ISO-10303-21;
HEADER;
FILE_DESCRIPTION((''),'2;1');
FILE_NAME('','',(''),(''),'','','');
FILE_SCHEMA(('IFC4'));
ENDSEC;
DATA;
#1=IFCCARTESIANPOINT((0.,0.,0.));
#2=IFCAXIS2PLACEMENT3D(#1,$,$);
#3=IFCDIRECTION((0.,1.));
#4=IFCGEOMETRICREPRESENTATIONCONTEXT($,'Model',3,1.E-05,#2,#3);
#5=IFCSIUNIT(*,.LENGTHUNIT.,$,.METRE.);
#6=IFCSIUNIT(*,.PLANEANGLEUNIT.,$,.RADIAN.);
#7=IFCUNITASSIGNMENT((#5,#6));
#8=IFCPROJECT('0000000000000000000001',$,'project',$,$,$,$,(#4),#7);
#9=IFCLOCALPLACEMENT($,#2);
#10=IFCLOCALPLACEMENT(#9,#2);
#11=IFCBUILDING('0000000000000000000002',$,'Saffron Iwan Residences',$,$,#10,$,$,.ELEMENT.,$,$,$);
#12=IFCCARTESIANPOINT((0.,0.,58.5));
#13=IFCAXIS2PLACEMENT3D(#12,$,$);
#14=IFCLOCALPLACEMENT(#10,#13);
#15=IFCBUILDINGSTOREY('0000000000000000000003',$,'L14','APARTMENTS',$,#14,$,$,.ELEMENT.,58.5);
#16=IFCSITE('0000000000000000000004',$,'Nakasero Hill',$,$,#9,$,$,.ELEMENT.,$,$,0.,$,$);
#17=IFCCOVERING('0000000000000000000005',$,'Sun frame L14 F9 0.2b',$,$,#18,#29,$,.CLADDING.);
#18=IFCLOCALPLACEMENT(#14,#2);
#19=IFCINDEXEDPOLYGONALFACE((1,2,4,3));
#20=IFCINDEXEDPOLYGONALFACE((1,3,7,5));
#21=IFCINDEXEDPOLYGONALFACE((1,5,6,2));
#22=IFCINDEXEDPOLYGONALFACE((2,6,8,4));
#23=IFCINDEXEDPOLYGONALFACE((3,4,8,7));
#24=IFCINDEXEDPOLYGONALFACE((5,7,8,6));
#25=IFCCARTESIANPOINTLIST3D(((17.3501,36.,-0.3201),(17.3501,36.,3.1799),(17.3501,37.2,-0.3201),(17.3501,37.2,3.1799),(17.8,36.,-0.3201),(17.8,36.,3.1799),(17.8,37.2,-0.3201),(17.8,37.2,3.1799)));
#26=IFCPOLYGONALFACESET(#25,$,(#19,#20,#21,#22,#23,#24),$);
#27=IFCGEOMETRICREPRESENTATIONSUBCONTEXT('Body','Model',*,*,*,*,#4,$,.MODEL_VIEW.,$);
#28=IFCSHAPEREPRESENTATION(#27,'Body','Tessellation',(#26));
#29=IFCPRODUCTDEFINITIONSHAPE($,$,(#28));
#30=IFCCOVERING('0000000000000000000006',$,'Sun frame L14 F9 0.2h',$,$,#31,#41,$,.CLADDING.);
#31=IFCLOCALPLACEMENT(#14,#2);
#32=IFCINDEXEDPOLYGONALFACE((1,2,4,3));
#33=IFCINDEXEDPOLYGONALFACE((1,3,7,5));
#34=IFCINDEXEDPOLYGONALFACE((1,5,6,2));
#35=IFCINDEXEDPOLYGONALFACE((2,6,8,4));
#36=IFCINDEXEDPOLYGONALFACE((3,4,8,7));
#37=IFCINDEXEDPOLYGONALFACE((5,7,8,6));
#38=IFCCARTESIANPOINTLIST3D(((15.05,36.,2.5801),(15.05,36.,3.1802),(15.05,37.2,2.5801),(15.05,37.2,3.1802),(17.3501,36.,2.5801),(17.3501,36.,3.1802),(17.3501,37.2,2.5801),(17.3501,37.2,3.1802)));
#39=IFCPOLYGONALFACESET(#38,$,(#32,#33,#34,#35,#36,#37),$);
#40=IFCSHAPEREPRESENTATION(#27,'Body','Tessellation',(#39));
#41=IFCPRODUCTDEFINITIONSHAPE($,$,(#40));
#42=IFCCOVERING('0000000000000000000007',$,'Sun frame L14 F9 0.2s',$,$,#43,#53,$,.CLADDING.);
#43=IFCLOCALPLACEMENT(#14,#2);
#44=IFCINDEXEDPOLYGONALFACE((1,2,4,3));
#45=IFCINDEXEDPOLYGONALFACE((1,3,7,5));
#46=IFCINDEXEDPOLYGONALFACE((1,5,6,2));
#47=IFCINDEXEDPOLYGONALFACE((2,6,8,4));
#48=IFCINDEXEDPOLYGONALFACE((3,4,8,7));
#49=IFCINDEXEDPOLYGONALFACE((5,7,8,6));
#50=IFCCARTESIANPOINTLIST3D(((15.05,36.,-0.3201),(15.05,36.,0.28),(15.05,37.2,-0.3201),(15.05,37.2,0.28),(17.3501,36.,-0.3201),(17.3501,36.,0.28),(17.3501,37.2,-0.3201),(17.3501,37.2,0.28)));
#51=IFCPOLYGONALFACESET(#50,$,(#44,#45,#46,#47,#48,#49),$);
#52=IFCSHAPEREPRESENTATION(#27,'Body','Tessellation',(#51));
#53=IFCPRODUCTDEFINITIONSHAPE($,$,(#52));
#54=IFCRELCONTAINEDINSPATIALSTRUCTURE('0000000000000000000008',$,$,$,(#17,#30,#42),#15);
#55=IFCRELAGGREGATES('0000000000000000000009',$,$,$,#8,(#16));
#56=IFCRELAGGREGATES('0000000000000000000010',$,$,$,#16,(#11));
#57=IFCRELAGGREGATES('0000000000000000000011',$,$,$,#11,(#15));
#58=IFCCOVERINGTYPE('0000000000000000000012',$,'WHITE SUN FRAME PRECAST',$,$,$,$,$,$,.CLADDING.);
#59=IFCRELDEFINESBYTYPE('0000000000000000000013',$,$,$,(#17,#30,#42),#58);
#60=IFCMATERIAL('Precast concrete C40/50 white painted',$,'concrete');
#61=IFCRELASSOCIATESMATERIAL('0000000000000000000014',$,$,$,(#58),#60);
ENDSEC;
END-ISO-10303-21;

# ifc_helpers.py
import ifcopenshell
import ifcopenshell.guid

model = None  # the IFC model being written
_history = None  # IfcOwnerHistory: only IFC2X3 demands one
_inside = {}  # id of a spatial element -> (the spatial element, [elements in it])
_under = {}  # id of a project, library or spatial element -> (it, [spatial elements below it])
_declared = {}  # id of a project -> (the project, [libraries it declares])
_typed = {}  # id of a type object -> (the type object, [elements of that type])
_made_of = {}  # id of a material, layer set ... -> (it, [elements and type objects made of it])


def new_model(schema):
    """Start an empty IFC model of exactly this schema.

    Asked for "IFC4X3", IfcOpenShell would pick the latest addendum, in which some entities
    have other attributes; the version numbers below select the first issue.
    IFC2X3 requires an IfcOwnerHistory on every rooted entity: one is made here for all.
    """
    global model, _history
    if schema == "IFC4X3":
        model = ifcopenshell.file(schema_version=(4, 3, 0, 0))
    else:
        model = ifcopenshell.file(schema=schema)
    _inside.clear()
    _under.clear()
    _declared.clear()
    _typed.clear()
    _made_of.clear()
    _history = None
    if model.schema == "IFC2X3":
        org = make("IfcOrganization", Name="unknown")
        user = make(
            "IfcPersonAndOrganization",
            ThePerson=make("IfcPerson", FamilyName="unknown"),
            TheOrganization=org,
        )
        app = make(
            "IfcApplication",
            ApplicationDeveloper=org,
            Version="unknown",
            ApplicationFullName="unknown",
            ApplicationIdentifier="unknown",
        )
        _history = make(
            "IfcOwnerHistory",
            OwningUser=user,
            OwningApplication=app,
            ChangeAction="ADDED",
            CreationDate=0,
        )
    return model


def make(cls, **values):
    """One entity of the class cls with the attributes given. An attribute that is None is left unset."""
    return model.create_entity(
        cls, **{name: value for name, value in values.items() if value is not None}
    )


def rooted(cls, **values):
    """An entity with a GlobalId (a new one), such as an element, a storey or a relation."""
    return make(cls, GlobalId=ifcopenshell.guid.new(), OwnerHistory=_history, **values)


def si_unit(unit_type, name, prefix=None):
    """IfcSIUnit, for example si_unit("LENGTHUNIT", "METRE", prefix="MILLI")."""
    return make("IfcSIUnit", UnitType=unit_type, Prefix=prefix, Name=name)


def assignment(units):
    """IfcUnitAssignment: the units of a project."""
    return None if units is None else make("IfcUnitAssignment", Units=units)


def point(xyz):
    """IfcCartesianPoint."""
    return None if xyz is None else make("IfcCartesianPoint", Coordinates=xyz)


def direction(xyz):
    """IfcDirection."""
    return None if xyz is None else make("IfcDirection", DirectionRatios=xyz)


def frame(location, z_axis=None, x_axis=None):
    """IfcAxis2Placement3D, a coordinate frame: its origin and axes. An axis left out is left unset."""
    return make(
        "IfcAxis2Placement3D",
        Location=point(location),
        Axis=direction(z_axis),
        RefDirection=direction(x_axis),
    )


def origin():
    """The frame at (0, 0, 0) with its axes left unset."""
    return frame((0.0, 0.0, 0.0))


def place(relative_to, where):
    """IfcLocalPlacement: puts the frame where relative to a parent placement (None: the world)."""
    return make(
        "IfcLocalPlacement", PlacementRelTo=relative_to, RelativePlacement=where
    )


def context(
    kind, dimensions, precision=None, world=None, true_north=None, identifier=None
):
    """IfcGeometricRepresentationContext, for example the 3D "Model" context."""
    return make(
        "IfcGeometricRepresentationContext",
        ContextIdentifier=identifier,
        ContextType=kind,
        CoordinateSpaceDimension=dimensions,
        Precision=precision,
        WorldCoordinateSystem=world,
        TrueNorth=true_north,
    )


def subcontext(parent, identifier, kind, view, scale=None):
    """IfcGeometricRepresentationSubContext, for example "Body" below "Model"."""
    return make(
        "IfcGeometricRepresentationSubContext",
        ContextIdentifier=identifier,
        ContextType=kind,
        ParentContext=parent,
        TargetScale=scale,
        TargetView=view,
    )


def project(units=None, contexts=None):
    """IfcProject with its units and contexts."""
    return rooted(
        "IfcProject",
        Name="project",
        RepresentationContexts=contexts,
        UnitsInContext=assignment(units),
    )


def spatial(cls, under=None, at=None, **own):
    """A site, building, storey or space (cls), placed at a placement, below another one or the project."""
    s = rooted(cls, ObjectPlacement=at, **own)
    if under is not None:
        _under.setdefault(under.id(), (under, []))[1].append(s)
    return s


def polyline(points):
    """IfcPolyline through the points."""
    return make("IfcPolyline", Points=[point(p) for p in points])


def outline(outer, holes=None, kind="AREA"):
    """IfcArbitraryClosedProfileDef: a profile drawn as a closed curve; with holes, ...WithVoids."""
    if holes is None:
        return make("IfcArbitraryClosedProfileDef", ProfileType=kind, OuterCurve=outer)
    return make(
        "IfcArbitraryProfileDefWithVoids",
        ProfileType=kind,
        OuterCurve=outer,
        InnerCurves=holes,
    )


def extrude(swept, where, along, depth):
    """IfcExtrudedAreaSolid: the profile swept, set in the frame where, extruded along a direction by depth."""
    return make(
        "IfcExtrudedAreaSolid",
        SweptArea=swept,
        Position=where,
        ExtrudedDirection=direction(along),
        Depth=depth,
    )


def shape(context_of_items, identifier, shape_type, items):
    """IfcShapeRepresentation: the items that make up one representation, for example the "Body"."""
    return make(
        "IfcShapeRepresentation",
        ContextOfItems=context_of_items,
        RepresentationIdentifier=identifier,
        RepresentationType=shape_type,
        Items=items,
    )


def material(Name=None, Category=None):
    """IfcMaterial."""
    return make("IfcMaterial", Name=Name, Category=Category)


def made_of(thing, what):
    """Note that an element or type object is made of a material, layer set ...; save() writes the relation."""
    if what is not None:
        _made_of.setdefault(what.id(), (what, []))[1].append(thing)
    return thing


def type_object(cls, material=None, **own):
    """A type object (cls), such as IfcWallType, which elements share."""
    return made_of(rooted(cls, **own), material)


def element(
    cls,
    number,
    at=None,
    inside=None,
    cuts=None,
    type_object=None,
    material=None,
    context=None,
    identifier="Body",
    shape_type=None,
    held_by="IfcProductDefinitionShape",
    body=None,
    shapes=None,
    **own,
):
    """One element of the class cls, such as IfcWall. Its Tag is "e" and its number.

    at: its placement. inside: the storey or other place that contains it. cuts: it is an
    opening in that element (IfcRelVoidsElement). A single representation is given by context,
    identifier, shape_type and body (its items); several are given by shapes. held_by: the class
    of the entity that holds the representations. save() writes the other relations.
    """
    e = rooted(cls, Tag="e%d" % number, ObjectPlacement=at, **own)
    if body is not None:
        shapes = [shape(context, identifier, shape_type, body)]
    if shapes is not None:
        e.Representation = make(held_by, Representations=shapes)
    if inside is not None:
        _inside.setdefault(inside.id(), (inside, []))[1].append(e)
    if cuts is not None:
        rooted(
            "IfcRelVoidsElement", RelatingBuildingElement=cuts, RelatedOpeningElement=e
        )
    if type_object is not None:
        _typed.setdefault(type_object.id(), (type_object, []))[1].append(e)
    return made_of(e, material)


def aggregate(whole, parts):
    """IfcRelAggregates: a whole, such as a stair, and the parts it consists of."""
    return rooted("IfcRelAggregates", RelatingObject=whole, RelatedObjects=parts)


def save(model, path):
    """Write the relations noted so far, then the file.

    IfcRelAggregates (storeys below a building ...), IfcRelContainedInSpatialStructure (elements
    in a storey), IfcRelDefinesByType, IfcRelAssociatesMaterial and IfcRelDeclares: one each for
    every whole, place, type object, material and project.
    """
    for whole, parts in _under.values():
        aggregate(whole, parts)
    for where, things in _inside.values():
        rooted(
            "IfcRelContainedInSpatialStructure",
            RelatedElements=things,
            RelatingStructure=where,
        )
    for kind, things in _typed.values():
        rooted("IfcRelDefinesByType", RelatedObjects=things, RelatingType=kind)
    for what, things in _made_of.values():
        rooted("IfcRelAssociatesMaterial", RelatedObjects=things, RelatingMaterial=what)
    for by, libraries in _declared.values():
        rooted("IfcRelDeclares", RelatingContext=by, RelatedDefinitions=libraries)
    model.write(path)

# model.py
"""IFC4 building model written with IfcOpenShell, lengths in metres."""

from ifc_helpers import new_model, si_unit, direction, frame, origin, place, context, subcontext, project, spatial, polyline, outline, extrude, material, type_object, element, save


model = new_model("IFC4")

# Units and contexts
model_context = context("Model", 3, precision=1e-05, world=origin(), true_north=direction((0.0, 1.0)))
body_context = subcontext(model_context, "Body", "Model", "MODEL_VIEW")
ifc_project = project(units=[si_unit("LENGTHUNIT", "METRE"), si_unit("PLANEANGLEUNIT", "RADIAN")], contexts=[model_context])

# Site, building, storey
site_placement = place(None, origin())
site = spatial("IfcSite", under=ifc_project, at=site_placement, Name="Nakasero Hill", CompositionType="ELEMENT", RefElevation=0.0)
building_placement = place(site_placement, origin())
building = spatial("IfcBuilding", under=site, at=building_placement, Name="Saffron Iwan Residences", CompositionType="ELEMENT")
storey_placement = place(building_placement, frame((0.0, 0.0, 58.5)))
storey = spatial("IfcBuildingStorey", under=building, at=storey_placement, Name="L14", Description="APARTMENTS", CompositionType="ELEMENT", Elevation=58.5)

# Coverings
ifc_material_1 = material(Name="Precast concrete C40/50 white painted", Category="concrete")
covering_type_1 = type_object("IfcCoveringType", Name="WHITE SUN FRAME PRECAST", PredefinedType="CLADDING", material=ifc_material_1)
for number, where, z_axis, x_axis, name in (
    (1, (17.3501, 37.2, -0.3201), (0.0, -1.0, 0.0), (1.0, 0.0, 0.0), "Sun frame L14 F9 0.2b"),
):
    element("IfcCovering", number, at=place(storey_placement, frame(where, z_axis=z_axis, x_axis=x_axis)), inside=storey, type_object=covering_type_1, Name=name, PredefinedType="CLADDING", context=body_context, shape_type="SweptSolid", body=[
        extrude(outline(polyline([(0.0, 0.0), (0.45, 0.0), (0.45, 3.5), (0.0, 3.5), (0.0, 0.0)])), origin(), (0.0, 0.0, 1.0), 1.2),
    ])
for number, where, z_axis, x_axis, name in (
    (2, (15.05, 37.2, 2.5801), (0.0, -1.0, 0.0), (1.0, 0.0, 0.0), "Sun frame L14 F9 0.2h"),
    (3, (15.05, 37.2, -0.3201), (0.0, -1.0, 0.0), (1.0, 0.0, 0.0), "Sun frame L14 F9 0.2s"),
):
    element("IfcCovering", number, at=place(storey_placement, frame(where, z_axis=z_axis, x_axis=x_axis)), inside=storey, type_object=covering_type_1, Name=name, PredefinedType="CLADDING", context=body_context, shape_type="SweptSolid", body=[
        extrude(outline(polyline([(0.0, 0.0), (2.3, 0.0), (2.3, 0.6001), (0.0, 0.6001), (0.0, 0.0)])), origin(), (0.0, 0.0, 1.0), 1.2),
    ])

save(model, "model.ifc")
